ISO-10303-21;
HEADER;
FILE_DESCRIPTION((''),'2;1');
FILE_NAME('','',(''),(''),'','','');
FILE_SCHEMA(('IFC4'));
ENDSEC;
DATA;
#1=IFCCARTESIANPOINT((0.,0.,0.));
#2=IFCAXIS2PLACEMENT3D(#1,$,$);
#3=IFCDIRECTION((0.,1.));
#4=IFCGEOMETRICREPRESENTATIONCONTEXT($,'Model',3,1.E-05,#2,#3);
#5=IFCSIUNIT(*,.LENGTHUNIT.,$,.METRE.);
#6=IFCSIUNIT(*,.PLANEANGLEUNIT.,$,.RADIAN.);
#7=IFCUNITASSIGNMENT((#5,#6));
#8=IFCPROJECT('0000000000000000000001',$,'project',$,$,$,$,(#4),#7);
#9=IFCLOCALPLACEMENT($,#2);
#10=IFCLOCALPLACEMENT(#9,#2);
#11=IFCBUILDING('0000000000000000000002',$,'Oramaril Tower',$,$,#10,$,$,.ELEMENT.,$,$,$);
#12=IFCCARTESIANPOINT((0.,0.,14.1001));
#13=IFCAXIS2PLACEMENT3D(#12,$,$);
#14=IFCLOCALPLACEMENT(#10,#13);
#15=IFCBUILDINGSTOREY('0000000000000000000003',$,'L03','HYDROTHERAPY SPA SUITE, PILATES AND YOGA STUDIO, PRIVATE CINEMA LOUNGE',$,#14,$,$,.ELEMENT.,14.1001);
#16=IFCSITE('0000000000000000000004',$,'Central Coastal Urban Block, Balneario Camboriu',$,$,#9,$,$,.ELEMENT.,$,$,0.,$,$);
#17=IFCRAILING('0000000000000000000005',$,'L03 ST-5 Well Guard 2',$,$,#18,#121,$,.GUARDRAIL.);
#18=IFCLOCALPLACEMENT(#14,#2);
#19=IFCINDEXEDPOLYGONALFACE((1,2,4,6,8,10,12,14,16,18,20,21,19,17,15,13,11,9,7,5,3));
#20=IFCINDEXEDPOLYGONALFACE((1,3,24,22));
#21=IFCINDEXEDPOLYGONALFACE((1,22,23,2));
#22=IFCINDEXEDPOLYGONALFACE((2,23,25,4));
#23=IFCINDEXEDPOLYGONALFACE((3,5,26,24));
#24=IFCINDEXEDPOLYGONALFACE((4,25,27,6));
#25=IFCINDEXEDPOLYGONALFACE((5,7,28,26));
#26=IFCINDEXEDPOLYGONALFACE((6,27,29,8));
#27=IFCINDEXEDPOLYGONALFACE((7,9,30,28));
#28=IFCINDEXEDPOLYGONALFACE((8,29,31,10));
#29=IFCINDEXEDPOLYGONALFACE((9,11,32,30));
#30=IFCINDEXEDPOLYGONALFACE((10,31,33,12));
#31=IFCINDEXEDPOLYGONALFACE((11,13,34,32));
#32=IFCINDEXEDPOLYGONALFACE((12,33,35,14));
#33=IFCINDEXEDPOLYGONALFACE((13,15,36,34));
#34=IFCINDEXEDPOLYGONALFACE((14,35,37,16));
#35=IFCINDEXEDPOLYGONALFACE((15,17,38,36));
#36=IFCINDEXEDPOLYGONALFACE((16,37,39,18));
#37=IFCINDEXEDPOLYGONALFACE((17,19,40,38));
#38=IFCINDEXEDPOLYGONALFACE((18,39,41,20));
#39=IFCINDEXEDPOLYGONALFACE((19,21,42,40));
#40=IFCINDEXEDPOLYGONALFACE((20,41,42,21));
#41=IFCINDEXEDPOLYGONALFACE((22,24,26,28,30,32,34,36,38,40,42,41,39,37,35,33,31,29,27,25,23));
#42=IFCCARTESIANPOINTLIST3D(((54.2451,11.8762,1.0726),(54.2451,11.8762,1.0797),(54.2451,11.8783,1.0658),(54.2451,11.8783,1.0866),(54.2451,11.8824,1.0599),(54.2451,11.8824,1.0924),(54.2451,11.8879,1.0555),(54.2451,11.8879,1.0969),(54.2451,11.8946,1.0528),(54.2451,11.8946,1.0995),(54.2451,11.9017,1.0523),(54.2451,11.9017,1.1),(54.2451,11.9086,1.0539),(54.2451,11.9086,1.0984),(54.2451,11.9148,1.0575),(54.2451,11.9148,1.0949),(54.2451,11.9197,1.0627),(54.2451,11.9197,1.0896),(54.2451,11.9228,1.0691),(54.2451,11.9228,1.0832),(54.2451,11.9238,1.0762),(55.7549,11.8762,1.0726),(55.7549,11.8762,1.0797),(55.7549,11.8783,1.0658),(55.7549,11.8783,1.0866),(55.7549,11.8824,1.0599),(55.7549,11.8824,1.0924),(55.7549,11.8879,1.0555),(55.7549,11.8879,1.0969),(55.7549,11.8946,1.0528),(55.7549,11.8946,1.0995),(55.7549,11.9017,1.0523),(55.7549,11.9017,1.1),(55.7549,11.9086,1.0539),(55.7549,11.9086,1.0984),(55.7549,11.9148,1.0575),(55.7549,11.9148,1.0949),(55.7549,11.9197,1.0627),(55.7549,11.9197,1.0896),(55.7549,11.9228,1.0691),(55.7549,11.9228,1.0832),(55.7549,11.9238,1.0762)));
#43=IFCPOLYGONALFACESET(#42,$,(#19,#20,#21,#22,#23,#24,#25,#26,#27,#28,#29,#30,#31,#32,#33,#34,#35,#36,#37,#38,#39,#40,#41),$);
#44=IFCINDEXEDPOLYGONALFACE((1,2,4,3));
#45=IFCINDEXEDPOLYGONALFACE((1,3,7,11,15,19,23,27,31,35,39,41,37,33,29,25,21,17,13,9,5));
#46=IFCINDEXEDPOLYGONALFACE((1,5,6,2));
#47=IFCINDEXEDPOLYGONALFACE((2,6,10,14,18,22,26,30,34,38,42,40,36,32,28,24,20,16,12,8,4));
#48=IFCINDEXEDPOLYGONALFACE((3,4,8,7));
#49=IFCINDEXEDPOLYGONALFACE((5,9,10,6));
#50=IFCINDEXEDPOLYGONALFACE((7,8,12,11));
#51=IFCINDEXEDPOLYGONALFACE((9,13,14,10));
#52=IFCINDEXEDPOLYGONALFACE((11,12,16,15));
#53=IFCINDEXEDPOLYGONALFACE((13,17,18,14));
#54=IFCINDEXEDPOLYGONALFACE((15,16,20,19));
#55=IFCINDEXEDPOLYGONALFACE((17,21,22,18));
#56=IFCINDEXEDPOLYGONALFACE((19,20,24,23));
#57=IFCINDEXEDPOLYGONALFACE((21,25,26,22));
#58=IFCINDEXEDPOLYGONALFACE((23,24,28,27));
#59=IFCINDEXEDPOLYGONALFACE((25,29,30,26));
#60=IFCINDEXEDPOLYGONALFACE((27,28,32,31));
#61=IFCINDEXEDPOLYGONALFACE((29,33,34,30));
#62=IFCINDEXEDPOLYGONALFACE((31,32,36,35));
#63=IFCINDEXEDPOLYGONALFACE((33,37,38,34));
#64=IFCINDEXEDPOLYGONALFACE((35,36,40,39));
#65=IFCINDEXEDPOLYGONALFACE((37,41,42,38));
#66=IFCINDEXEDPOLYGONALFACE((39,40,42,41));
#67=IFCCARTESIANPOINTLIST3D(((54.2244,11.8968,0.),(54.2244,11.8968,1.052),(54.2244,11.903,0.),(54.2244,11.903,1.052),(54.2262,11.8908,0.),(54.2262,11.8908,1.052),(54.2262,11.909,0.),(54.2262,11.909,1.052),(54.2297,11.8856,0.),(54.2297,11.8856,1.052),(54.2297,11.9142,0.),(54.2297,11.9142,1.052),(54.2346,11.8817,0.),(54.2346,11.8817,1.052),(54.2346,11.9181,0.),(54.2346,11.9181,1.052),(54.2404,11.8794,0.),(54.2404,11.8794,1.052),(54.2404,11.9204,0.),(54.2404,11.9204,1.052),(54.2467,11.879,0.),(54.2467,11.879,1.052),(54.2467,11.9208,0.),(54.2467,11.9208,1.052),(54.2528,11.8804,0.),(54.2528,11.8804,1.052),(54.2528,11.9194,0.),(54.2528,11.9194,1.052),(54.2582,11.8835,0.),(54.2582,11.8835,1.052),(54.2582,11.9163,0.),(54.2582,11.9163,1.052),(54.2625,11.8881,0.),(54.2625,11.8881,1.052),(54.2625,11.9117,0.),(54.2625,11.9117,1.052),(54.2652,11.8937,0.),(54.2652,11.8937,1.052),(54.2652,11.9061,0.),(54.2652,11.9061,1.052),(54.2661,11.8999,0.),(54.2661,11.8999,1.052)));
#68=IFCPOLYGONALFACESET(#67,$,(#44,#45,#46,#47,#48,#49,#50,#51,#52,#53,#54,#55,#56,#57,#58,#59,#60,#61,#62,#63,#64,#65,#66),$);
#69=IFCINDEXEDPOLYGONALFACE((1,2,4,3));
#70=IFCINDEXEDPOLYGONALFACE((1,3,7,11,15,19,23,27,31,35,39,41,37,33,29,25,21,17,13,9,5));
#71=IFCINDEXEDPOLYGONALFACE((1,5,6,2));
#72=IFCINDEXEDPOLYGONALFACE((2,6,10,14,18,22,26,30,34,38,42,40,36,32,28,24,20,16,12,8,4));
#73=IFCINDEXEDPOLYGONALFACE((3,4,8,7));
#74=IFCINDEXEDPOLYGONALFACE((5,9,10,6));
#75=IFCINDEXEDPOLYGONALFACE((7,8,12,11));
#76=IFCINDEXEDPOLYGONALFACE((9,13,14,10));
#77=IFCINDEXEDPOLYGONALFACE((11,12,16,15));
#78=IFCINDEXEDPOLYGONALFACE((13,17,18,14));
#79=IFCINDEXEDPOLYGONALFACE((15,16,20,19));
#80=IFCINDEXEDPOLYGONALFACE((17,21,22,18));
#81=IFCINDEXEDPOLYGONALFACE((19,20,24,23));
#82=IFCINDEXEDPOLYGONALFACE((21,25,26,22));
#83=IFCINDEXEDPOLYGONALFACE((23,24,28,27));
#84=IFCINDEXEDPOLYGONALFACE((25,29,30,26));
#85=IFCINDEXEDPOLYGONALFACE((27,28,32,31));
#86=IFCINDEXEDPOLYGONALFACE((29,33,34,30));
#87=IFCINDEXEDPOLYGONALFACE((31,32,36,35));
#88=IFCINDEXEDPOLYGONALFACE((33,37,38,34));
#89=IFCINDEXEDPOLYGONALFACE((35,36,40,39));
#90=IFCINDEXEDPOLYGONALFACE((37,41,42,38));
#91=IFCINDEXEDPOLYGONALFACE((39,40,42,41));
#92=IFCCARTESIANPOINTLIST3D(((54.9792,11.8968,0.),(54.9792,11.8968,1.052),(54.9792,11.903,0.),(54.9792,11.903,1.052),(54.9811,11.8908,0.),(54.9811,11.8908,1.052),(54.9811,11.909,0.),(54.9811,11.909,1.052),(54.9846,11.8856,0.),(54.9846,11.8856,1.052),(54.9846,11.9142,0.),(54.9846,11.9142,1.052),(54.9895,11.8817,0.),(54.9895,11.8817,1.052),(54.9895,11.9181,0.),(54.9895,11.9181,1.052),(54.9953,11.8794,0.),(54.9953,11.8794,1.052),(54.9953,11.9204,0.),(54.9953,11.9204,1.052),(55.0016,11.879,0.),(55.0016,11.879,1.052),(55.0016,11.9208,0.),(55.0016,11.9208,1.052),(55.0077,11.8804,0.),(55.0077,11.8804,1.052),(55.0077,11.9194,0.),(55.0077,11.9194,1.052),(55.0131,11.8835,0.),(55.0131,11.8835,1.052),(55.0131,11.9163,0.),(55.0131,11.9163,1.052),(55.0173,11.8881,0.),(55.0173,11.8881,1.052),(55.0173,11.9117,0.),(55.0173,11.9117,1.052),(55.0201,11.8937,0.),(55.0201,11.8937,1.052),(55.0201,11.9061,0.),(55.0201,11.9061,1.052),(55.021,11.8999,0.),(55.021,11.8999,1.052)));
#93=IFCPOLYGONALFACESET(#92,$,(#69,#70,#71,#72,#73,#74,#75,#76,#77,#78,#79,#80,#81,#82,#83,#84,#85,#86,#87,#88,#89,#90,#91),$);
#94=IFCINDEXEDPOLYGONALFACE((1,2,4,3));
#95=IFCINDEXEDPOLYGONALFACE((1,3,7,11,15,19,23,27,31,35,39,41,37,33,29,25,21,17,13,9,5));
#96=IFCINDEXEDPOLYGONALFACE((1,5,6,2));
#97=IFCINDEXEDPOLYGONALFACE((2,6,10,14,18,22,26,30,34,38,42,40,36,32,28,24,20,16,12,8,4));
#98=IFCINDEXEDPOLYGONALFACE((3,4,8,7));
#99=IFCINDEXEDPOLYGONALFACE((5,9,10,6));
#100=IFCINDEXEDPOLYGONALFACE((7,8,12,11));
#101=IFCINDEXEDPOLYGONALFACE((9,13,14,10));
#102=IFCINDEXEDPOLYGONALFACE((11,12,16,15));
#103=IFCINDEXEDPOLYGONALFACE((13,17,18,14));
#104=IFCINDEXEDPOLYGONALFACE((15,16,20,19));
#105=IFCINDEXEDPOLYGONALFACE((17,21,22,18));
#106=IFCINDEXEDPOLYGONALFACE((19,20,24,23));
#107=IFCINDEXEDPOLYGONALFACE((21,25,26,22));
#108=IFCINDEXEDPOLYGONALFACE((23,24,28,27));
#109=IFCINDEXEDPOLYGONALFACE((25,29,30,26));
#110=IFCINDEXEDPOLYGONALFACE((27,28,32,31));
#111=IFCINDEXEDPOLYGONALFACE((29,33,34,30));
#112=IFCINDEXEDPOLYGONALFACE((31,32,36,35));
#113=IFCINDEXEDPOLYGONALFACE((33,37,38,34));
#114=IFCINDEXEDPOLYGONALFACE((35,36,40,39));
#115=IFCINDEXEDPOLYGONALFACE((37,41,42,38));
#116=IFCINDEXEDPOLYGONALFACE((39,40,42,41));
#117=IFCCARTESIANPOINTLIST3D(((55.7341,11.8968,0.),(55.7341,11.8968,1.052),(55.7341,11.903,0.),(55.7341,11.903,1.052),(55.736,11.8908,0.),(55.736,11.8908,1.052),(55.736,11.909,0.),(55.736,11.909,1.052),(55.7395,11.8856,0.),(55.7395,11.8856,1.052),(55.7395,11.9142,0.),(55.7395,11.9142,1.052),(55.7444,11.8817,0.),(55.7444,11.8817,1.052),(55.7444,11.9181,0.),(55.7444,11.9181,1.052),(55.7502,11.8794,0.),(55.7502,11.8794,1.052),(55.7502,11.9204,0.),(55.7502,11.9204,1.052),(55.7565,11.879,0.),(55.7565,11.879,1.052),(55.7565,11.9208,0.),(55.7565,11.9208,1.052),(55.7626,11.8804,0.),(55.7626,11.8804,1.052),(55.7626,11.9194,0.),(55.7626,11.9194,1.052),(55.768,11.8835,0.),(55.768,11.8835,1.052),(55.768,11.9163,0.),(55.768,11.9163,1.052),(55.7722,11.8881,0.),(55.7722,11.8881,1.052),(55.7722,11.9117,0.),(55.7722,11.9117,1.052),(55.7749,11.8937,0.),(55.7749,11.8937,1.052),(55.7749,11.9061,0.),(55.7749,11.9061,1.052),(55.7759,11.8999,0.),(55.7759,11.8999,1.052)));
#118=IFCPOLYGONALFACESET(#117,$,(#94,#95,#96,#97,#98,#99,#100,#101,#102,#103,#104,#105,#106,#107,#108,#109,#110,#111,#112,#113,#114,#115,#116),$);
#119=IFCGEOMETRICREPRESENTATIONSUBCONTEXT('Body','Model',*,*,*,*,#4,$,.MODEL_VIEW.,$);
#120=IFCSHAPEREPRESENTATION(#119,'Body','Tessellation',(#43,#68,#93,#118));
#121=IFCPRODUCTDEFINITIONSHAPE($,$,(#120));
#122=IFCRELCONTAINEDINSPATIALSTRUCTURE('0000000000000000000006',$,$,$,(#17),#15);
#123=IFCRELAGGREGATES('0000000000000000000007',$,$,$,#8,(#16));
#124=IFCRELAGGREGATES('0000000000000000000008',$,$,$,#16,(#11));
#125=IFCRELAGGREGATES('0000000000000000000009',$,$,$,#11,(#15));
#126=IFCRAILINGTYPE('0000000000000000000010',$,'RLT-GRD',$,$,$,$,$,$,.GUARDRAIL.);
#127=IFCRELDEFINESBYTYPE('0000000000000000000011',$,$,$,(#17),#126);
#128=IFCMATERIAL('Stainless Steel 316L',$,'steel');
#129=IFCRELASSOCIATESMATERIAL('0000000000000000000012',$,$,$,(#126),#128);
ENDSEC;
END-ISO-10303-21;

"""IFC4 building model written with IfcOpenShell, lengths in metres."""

from ifc_helpers import new_model, si_unit, direction, frame, origin, origin_2d, place, context, subcontext, project, spatial, circle, extrude, material, type_object, element, save


model = new_model("IFC4")

# Units and contexts
model_context = context("Model", 3, precision=1e-05, world=origin(), true_north=direction((0.0, 1.0)))
body_context = subcontext(model_context, "Body", "Model", "MODEL_VIEW")
ifc_project = project(units=[si_unit("LENGTHUNIT", "METRE"), si_unit("PLANEANGLEUNIT", "RADIAN")], contexts=[model_context])

# Site, building, storey
site_placement = place(None, origin())
site = spatial("IfcSite", under=ifc_project, at=site_placement, Name="Central Coastal Urban Block, Balneario Camboriu", CompositionType="ELEMENT", RefElevation=0.0)
building_placement = place(site_placement, origin())
building = spatial("IfcBuilding", under=site, at=building_placement, Name="Oramaril Tower", CompositionType="ELEMENT")
storey_placement = place(building_placement, frame((0.0, 0.0, 14.1001)))
storey = spatial("IfcBuildingStorey", under=building, at=storey_placement, Name="L03", Description="HYDROTHERAPY SPA SUITE, PILATES AND YOGA STUDIO, PRIVATE CINEMA LOUNGE", CompositionType="ELEMENT", Elevation=14.1001)

# Railing
ifc_material_1 = material(Name="Stainless Steel 316L", Category="steel")
railing_type_1 = type_object("IfcRailingType", Name="RLT-GRD", PredefinedType="GUARDRAIL", material=ifc_material_1)
railing_1_placement = place(storey_placement, frame((54.2451, 11.8999, 0.0)))
element("IfcRailing", 1, at=railing_1_placement, inside=storey, type_object=railing_type_1, Name="L03 ST-5 Well Guard 2", PredefinedType="GUARDRAIL", context=body_context, shape_type="SweptSolid", body=[
    extrude(circle(Radius=0.0239, at=origin_2d()), frame((0.0, 0.0, 1.0762), z_axis=(1.0, 0.0, 0.0), x_axis=(0.0, 1.0, 0.0)), (0.0, 0.0, 1.0), 1.5098),
    extrude(circle(Radius=0.021, at=origin_2d()), origin(), (0.0, 0.0, 1.0), 1.052),
    extrude(circle(Radius=0.021, at=origin_2d()), frame((0.7549, 0.0, 0.0)), (0.0, 0.0, 1.0), 1.052),
    extrude(circle(Radius=0.021, at=origin_2d()), frame((1.5098, 0.0, 0.0)), (0.0, 0.0, 1.0), 1.052),
])

save(model, "model.ifc")
